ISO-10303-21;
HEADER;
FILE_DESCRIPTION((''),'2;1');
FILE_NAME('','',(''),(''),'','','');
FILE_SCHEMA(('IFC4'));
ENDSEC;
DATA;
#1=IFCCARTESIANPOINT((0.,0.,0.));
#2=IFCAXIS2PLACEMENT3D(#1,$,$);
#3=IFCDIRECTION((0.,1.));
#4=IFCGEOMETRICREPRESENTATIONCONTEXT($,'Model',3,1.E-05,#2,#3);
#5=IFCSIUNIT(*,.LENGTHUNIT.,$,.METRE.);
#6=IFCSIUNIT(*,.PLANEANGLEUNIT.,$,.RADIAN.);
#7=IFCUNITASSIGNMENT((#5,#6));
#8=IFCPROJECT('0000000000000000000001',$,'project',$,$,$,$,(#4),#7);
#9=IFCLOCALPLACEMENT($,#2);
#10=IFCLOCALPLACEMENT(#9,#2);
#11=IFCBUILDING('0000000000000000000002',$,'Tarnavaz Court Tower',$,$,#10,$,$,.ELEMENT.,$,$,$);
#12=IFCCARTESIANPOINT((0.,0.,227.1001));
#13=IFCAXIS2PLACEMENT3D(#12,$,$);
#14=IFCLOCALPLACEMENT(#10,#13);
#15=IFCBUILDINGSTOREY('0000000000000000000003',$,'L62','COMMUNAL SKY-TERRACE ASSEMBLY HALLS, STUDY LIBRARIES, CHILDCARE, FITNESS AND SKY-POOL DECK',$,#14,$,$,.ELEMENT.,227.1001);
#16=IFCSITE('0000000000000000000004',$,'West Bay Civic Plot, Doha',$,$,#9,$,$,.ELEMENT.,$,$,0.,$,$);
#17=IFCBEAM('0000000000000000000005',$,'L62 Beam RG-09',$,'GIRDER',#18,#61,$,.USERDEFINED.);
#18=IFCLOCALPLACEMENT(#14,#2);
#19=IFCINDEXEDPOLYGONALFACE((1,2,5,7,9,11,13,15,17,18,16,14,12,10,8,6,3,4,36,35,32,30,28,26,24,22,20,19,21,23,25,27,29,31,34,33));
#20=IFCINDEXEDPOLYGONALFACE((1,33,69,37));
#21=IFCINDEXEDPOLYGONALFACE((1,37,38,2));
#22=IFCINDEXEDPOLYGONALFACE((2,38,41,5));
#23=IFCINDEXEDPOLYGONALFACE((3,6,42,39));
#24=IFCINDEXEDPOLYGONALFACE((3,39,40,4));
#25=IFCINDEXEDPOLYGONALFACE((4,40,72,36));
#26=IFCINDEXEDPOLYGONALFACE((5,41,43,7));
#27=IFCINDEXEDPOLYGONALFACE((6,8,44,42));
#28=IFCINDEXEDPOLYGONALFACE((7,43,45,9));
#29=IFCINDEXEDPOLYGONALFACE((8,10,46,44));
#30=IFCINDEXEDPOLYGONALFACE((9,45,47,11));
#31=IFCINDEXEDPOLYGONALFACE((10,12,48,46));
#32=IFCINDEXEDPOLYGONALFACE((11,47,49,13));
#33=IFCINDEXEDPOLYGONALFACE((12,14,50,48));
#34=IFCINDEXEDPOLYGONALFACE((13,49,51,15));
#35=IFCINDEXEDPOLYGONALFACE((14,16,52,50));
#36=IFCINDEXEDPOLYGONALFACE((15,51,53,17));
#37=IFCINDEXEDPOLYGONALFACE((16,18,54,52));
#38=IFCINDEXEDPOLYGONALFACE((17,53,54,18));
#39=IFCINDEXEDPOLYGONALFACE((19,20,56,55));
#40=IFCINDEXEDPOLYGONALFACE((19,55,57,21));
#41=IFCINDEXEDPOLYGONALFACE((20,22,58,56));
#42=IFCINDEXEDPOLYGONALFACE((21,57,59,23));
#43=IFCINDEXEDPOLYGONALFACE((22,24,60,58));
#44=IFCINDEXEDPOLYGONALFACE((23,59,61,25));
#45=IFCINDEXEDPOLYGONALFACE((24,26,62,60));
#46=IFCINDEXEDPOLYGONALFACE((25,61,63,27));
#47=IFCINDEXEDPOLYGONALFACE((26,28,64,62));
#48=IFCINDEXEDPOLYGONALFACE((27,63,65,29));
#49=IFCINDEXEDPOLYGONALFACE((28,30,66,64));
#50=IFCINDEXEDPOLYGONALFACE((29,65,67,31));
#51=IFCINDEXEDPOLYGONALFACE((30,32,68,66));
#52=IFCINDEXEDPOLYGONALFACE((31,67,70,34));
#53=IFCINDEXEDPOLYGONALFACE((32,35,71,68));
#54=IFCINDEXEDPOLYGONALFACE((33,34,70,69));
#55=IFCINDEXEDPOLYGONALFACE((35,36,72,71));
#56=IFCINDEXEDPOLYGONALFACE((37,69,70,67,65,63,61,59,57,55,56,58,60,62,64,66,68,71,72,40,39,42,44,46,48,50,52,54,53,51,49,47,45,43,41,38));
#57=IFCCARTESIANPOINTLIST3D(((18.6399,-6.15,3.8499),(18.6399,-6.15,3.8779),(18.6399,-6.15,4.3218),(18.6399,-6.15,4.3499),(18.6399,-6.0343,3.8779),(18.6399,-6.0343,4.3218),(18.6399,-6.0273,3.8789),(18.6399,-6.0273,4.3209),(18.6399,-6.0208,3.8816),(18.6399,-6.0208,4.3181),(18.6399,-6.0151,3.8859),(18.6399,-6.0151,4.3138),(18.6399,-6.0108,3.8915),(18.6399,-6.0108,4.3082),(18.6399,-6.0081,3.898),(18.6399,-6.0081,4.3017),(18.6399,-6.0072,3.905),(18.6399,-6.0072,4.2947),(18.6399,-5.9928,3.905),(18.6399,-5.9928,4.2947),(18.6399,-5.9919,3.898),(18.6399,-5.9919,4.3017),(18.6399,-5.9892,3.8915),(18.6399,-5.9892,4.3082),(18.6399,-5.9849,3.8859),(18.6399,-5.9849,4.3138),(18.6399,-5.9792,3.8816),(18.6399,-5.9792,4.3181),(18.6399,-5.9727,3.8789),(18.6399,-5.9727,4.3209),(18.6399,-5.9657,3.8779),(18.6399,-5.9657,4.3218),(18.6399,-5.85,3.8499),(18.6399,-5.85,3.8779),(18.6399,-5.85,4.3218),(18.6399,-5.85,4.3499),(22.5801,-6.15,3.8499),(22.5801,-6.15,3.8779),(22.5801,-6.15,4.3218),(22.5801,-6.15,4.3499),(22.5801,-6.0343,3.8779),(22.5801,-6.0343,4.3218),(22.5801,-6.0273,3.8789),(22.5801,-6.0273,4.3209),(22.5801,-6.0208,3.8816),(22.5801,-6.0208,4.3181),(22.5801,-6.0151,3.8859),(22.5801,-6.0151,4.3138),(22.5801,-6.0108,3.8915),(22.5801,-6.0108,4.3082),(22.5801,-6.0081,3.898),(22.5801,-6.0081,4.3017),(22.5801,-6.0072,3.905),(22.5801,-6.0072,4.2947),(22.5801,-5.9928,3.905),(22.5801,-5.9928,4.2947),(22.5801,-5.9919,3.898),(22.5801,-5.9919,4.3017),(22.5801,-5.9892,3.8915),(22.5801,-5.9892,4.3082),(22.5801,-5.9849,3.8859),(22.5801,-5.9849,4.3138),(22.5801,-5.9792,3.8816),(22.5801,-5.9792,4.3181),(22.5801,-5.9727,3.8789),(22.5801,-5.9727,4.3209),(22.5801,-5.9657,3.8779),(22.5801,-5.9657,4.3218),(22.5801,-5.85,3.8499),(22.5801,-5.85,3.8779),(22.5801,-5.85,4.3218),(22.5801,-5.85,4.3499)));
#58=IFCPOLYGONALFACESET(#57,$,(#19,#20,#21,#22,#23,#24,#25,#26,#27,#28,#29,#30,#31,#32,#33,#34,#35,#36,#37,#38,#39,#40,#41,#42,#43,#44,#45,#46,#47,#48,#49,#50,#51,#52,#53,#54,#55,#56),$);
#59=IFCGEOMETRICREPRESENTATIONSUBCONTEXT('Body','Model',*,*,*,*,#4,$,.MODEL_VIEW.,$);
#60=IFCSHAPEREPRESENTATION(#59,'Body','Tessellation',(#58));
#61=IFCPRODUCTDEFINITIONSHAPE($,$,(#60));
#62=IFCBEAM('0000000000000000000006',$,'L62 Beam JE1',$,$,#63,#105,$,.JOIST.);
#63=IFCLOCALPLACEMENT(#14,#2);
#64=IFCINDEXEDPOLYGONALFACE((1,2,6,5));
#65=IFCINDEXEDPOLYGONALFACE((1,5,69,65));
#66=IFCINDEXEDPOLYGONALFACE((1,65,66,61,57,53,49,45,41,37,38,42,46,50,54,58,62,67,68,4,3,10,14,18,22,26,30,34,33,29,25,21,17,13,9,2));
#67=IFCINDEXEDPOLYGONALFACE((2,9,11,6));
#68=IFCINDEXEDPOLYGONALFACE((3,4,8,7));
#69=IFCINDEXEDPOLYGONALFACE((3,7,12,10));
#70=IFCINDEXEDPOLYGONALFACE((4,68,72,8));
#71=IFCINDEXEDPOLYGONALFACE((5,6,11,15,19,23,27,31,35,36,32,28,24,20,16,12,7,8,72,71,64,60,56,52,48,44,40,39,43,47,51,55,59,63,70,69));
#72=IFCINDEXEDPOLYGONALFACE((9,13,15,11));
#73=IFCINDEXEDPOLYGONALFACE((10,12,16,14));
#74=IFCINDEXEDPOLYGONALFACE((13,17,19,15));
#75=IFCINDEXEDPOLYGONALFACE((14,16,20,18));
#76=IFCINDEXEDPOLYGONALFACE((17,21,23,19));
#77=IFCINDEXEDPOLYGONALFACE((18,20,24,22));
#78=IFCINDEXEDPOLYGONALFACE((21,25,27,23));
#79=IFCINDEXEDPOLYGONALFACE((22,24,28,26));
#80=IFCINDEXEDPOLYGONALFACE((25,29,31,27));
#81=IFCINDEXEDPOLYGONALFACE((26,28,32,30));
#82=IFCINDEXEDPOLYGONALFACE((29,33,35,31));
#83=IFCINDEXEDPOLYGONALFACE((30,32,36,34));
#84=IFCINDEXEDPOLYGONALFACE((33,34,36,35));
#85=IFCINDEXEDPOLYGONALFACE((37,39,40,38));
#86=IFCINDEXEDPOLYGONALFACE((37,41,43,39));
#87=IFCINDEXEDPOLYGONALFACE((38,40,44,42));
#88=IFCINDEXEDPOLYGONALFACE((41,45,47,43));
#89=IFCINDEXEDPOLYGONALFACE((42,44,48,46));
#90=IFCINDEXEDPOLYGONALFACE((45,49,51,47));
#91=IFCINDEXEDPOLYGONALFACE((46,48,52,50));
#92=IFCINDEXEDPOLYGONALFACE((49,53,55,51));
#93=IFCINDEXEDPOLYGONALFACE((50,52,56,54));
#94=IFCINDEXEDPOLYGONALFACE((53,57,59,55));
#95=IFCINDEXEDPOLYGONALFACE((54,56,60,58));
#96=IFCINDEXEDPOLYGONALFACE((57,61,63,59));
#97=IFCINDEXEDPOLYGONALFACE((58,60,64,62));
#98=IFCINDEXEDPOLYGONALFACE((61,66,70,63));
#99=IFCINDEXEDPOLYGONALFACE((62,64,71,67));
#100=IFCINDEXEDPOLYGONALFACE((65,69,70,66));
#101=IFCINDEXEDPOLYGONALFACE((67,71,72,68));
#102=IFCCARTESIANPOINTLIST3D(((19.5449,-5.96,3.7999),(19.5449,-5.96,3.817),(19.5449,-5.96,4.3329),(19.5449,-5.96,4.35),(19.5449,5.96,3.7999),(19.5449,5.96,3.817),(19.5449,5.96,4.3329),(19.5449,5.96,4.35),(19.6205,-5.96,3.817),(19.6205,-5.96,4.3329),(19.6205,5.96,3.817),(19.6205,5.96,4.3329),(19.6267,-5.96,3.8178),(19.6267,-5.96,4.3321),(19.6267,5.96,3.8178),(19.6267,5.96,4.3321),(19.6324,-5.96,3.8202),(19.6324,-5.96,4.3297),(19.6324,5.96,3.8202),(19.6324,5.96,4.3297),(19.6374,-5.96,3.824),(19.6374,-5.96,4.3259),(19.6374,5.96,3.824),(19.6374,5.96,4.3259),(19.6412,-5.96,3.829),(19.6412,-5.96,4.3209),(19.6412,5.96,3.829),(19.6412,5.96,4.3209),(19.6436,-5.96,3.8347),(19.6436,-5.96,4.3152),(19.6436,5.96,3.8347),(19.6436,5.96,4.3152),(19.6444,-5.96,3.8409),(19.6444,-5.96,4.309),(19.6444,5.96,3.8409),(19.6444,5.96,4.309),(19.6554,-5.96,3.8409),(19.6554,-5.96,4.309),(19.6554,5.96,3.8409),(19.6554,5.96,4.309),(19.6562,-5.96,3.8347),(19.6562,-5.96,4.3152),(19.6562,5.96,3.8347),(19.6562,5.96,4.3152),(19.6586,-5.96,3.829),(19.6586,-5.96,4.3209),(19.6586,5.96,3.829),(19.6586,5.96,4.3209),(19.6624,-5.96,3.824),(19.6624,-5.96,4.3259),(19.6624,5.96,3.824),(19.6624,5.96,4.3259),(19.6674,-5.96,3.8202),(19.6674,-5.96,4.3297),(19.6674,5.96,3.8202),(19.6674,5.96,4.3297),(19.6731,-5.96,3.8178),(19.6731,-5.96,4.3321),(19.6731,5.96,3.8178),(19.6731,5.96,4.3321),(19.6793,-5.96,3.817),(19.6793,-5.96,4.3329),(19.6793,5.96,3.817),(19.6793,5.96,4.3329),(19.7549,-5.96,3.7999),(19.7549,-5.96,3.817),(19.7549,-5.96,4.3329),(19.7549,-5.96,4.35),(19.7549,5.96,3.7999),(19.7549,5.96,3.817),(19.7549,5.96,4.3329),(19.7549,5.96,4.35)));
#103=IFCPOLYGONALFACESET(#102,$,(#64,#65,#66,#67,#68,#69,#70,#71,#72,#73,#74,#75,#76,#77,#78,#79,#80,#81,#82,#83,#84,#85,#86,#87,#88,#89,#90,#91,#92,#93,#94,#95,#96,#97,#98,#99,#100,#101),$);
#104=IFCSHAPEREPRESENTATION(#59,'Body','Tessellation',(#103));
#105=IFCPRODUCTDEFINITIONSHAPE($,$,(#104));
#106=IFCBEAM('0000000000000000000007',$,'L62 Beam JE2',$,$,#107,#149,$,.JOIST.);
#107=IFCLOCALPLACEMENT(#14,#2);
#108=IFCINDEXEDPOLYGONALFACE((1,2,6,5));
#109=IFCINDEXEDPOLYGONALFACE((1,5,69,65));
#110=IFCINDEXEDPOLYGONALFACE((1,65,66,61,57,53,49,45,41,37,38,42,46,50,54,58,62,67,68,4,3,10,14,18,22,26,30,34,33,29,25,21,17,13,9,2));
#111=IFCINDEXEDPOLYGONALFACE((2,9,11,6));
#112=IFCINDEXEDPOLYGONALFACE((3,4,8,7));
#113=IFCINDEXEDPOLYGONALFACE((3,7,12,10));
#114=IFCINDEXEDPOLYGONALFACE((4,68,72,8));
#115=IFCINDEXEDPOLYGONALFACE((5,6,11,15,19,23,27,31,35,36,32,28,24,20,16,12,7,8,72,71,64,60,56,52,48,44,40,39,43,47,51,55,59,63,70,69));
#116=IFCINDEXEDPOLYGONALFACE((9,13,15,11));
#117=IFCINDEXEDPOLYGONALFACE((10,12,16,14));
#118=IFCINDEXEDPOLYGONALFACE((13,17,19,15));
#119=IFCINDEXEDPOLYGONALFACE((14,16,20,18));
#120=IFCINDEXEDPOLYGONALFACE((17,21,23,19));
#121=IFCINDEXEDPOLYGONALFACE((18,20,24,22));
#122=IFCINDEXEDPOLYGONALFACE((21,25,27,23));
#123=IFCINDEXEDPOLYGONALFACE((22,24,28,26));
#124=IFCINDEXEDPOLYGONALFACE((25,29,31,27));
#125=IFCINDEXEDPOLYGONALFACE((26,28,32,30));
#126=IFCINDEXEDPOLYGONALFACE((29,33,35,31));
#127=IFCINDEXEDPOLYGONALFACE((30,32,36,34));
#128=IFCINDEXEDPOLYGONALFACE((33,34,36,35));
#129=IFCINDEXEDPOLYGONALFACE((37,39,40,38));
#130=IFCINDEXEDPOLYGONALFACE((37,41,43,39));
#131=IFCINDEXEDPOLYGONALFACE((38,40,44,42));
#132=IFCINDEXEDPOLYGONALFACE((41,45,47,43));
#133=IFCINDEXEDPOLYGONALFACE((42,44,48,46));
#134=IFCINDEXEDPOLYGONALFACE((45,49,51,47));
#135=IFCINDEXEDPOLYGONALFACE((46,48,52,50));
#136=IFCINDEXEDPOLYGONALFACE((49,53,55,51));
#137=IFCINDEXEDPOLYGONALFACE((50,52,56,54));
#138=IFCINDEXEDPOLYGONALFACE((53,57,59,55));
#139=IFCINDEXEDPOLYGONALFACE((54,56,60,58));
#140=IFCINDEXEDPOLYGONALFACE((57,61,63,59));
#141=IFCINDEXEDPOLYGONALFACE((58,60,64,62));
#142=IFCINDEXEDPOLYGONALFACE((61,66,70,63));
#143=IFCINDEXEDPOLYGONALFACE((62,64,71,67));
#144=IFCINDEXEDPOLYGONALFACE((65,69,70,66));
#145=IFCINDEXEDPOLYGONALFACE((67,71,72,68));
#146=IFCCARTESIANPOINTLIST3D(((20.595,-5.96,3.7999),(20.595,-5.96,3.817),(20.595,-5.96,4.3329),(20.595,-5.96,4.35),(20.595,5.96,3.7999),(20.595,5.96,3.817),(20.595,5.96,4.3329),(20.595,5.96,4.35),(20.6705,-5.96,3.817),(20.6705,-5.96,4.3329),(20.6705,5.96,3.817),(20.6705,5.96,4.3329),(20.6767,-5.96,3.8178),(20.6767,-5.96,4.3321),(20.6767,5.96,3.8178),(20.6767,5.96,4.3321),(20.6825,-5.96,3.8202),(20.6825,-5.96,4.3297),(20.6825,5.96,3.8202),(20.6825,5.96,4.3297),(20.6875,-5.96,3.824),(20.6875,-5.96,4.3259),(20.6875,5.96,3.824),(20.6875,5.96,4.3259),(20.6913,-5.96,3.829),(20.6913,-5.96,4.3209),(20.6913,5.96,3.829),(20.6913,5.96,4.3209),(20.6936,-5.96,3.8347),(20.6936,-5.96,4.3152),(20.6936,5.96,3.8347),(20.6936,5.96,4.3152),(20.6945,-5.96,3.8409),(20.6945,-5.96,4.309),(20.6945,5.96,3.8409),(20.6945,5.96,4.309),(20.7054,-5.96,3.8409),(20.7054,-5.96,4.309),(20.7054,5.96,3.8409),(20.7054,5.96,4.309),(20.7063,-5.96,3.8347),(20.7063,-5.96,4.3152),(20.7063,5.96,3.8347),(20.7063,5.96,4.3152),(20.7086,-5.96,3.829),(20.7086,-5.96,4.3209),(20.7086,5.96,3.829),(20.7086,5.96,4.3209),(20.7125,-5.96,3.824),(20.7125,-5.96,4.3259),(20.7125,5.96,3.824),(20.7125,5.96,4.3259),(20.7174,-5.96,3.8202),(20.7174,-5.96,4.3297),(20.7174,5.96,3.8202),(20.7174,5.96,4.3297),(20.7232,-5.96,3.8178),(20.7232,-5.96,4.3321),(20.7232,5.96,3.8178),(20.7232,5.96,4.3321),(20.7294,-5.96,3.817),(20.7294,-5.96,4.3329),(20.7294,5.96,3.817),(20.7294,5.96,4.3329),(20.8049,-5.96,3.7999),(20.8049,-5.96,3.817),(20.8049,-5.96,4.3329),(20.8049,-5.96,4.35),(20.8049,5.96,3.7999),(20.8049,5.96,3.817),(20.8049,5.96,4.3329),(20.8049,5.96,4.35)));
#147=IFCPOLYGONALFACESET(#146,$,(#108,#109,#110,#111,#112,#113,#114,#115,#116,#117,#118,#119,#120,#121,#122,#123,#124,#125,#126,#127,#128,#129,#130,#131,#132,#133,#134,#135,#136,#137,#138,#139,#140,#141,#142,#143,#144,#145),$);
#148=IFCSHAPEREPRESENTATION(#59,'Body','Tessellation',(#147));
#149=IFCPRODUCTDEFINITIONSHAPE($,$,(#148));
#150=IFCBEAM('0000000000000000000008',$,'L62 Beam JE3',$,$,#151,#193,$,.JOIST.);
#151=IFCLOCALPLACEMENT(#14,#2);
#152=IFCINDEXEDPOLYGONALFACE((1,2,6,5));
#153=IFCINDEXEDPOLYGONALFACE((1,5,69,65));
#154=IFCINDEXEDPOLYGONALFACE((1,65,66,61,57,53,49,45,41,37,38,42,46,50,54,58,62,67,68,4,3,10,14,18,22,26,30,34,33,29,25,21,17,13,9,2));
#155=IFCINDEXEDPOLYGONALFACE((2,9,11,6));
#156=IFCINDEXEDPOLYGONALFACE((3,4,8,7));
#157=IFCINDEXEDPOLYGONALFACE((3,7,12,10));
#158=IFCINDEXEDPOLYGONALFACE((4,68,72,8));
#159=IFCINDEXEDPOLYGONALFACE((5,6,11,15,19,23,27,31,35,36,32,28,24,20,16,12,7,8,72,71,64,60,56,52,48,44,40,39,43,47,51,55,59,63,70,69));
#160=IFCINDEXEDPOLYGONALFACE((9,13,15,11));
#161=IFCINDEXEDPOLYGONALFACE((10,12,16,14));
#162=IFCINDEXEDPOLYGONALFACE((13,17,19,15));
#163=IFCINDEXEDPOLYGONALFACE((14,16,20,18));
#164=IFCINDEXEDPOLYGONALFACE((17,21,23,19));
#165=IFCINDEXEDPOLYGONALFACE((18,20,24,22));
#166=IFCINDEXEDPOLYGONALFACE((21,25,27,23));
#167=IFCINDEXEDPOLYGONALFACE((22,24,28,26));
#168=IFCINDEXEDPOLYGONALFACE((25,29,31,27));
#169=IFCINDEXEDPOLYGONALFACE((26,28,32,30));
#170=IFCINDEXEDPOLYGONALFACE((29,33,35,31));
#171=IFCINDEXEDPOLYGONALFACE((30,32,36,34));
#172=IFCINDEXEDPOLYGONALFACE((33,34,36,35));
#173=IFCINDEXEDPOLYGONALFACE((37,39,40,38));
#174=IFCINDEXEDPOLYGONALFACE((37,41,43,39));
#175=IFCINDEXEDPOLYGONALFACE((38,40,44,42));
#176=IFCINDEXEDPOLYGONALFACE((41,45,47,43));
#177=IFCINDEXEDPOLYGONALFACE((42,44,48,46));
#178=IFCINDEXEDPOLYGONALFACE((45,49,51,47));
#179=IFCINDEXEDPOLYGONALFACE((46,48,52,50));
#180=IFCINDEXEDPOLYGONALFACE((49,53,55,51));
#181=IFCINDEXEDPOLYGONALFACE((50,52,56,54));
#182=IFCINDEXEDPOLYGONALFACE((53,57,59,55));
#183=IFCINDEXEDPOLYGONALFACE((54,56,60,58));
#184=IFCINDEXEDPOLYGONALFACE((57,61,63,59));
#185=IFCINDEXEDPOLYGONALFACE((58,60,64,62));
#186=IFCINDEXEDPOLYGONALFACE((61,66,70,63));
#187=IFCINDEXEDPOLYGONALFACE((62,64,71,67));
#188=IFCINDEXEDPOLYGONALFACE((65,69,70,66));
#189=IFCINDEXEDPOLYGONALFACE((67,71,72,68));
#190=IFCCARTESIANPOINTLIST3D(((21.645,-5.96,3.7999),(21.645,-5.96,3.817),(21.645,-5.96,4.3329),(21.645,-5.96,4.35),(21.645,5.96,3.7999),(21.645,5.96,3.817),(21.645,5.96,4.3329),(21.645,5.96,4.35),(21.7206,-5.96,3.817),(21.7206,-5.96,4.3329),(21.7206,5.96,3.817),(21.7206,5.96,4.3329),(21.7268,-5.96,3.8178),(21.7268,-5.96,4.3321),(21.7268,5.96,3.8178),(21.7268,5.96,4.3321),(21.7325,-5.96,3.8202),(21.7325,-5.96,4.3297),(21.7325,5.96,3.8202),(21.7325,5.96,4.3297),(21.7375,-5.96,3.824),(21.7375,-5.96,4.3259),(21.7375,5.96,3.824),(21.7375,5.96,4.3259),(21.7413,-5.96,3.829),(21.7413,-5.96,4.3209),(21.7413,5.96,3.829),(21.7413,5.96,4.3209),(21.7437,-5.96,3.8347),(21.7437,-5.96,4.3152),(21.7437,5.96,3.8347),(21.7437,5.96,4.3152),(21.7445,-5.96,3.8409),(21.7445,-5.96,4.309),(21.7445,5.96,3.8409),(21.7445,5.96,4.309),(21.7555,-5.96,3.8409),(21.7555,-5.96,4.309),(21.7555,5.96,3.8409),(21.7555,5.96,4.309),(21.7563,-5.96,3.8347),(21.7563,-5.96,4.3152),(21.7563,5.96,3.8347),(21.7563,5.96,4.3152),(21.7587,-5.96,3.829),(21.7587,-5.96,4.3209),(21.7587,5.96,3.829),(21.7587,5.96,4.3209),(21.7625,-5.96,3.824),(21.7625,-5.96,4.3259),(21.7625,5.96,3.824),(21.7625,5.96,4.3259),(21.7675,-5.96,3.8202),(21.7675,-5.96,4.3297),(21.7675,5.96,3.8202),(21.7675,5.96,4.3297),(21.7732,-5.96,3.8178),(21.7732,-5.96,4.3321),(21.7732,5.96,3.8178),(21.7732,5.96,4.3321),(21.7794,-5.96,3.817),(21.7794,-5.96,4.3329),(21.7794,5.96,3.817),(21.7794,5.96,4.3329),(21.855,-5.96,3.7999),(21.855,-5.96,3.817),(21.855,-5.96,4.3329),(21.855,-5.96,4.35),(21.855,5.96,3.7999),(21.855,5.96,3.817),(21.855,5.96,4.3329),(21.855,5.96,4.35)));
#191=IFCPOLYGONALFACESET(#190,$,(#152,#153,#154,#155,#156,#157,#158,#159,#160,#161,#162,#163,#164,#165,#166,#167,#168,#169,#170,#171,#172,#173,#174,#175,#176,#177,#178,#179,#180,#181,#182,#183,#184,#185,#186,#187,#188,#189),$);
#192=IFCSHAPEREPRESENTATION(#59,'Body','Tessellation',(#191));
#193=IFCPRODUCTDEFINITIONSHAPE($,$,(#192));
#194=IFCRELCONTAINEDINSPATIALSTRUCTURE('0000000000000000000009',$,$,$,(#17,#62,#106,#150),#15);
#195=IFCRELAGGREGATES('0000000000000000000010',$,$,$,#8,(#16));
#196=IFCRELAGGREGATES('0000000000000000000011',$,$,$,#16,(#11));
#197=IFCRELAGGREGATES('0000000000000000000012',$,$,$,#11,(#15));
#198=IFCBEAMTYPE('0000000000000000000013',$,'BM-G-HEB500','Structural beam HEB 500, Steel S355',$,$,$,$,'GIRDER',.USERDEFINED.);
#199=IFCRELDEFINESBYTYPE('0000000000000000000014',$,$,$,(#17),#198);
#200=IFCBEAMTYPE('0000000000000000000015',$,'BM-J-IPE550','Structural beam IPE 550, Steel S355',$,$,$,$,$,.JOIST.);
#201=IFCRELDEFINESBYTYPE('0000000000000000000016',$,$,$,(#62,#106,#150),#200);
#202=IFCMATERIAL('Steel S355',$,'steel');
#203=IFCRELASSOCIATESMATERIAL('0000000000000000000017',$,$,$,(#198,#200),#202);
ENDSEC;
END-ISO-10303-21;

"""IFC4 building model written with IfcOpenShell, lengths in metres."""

from ifc_helpers import new_model, si_unit, direction, frame, origin, origin_2d, place, context, subcontext, project, spatial, i_section, extrude, material, material_profile, profile_set, type_object, element, save


model = new_model("IFC4")

# Units and contexts
model_context = context("Model", 3, precision=1e-05, world=origin(), true_north=direction((0.0, 1.0)))
body_context = subcontext(model_context, "Body", "Model", "MODEL_VIEW")
ifc_project = project(units=[si_unit("LENGTHUNIT", "METRE"), si_unit("PLANEANGLEUNIT", "RADIAN")], contexts=[model_context])

# Site, building, storey
site_placement = place(None, origin())
site = spatial("IfcSite", under=ifc_project, at=site_placement, Name="West Bay Civic Plot, Doha", CompositionType="ELEMENT", RefElevation=0.0)
building_placement = place(site_placement, origin())
building = spatial("IfcBuilding", under=site, at=building_placement, Name="Tarnavaz Court Tower", CompositionType="ELEMENT")
storey_placement = place(building_placement, frame((0.0, 0.0, 227.1001)))
storey = spatial("IfcBuildingStorey", under=building, at=storey_placement, Name="L62", Description="COMMUNAL SKY-TERRACE ASSEMBLY HALLS, STUDY LIBRARIES, CHILDCARE, FITNESS AND SKY-POOL DECK", CompositionType="ELEMENT", Elevation=227.1001)

# Beams
ifc_material_1 = material(Name="Steel S355", Category="steel")
ifc_material_profile_1 = material_profile(ifc_material_1, i_section(OverallWidth=0.3, OverallDepth=0.5, WebThickness=0.0144, FlangeThickness=0.0281, FilletRadius=0.0271, at=origin_2d()), Name="HEB 500")
ifc_profile_set_1 = profile_set([ifc_material_profile_1], Name="Steel S355")
beam_type_1 = type_object("IfcBeamType", Name="BM-G-HEB500", Description="Structural beam HEB 500, Steel S355", ElementType="GIRDER", PredefinedType="USERDEFINED", material=ifc_profile_set_1)
beam_1_placement = place(storey_placement, frame((18.6399, -6.0, 4.0999), z_axis=(1.0, 0.0, 0.0), x_axis=(0.0, 1.0, 0.0)))
element("IfcBeam", 1, at=beam_1_placement, inside=storey, type_object=beam_type_1, Name="L62 Beam RG-09", ObjectType="GIRDER", PredefinedType="USERDEFINED", context=body_context, shape_type="SweptSolid", body=[
    extrude(i_section(OverallWidth=0.3, OverallDepth=0.5, WebThickness=0.0144, FlangeThickness=0.0281, FilletRadius=0.0271, at=origin_2d()), origin(), (0.0, 0.0, 1.0), 3.9402),
])
ifc_material_profile_2 = material_profile(ifc_material_1, i_section(OverallWidth=0.21, OverallDepth=0.55, WebThickness=0.011, FlangeThickness=0.0171, FilletRadius=0.0239, at=origin_2d()), Name="IPE 550")
ifc_profile_set_2 = profile_set([ifc_material_profile_2], Name="Steel S355")
beam_type_2 = type_object("IfcBeamType", Name="BM-J-IPE550", Description="Structural beam IPE 550, Steel S355", PredefinedType="JOIST", material=ifc_profile_set_2)
for number, where, z_axis, x_axis, name in (
    (2, (19.6499, -5.96, 4.075), (0.0, 1.0, 0.0), (-1.0, 0.0, 0.0), "L62 Beam JE1"),
    (3, (20.7, -5.96, 4.075), (0.0, 1.0, 0.0), (-1.0, 0.0, 0.0), "L62 Beam JE2"),
    (4, (21.75, -5.96, 4.075), (0.0, 1.0, 0.0), (-1.0, 0.0, 0.0), "L62 Beam JE3"),
):
    element("IfcBeam", number, at=place(storey_placement, frame(where, z_axis=z_axis, x_axis=x_axis)), inside=storey, type_object=beam_type_2, Name=name, PredefinedType="JOIST", context=body_context, shape_type="SweptSolid", body=[
        extrude(i_section(OverallWidth=0.21, OverallDepth=0.55, WebThickness=0.011, FlangeThickness=0.0171, FilletRadius=0.0239, at=origin_2d()), origin(), (0.0, 0.0, 1.0), 11.9199),
    ])

save(model, "model.ifc")
